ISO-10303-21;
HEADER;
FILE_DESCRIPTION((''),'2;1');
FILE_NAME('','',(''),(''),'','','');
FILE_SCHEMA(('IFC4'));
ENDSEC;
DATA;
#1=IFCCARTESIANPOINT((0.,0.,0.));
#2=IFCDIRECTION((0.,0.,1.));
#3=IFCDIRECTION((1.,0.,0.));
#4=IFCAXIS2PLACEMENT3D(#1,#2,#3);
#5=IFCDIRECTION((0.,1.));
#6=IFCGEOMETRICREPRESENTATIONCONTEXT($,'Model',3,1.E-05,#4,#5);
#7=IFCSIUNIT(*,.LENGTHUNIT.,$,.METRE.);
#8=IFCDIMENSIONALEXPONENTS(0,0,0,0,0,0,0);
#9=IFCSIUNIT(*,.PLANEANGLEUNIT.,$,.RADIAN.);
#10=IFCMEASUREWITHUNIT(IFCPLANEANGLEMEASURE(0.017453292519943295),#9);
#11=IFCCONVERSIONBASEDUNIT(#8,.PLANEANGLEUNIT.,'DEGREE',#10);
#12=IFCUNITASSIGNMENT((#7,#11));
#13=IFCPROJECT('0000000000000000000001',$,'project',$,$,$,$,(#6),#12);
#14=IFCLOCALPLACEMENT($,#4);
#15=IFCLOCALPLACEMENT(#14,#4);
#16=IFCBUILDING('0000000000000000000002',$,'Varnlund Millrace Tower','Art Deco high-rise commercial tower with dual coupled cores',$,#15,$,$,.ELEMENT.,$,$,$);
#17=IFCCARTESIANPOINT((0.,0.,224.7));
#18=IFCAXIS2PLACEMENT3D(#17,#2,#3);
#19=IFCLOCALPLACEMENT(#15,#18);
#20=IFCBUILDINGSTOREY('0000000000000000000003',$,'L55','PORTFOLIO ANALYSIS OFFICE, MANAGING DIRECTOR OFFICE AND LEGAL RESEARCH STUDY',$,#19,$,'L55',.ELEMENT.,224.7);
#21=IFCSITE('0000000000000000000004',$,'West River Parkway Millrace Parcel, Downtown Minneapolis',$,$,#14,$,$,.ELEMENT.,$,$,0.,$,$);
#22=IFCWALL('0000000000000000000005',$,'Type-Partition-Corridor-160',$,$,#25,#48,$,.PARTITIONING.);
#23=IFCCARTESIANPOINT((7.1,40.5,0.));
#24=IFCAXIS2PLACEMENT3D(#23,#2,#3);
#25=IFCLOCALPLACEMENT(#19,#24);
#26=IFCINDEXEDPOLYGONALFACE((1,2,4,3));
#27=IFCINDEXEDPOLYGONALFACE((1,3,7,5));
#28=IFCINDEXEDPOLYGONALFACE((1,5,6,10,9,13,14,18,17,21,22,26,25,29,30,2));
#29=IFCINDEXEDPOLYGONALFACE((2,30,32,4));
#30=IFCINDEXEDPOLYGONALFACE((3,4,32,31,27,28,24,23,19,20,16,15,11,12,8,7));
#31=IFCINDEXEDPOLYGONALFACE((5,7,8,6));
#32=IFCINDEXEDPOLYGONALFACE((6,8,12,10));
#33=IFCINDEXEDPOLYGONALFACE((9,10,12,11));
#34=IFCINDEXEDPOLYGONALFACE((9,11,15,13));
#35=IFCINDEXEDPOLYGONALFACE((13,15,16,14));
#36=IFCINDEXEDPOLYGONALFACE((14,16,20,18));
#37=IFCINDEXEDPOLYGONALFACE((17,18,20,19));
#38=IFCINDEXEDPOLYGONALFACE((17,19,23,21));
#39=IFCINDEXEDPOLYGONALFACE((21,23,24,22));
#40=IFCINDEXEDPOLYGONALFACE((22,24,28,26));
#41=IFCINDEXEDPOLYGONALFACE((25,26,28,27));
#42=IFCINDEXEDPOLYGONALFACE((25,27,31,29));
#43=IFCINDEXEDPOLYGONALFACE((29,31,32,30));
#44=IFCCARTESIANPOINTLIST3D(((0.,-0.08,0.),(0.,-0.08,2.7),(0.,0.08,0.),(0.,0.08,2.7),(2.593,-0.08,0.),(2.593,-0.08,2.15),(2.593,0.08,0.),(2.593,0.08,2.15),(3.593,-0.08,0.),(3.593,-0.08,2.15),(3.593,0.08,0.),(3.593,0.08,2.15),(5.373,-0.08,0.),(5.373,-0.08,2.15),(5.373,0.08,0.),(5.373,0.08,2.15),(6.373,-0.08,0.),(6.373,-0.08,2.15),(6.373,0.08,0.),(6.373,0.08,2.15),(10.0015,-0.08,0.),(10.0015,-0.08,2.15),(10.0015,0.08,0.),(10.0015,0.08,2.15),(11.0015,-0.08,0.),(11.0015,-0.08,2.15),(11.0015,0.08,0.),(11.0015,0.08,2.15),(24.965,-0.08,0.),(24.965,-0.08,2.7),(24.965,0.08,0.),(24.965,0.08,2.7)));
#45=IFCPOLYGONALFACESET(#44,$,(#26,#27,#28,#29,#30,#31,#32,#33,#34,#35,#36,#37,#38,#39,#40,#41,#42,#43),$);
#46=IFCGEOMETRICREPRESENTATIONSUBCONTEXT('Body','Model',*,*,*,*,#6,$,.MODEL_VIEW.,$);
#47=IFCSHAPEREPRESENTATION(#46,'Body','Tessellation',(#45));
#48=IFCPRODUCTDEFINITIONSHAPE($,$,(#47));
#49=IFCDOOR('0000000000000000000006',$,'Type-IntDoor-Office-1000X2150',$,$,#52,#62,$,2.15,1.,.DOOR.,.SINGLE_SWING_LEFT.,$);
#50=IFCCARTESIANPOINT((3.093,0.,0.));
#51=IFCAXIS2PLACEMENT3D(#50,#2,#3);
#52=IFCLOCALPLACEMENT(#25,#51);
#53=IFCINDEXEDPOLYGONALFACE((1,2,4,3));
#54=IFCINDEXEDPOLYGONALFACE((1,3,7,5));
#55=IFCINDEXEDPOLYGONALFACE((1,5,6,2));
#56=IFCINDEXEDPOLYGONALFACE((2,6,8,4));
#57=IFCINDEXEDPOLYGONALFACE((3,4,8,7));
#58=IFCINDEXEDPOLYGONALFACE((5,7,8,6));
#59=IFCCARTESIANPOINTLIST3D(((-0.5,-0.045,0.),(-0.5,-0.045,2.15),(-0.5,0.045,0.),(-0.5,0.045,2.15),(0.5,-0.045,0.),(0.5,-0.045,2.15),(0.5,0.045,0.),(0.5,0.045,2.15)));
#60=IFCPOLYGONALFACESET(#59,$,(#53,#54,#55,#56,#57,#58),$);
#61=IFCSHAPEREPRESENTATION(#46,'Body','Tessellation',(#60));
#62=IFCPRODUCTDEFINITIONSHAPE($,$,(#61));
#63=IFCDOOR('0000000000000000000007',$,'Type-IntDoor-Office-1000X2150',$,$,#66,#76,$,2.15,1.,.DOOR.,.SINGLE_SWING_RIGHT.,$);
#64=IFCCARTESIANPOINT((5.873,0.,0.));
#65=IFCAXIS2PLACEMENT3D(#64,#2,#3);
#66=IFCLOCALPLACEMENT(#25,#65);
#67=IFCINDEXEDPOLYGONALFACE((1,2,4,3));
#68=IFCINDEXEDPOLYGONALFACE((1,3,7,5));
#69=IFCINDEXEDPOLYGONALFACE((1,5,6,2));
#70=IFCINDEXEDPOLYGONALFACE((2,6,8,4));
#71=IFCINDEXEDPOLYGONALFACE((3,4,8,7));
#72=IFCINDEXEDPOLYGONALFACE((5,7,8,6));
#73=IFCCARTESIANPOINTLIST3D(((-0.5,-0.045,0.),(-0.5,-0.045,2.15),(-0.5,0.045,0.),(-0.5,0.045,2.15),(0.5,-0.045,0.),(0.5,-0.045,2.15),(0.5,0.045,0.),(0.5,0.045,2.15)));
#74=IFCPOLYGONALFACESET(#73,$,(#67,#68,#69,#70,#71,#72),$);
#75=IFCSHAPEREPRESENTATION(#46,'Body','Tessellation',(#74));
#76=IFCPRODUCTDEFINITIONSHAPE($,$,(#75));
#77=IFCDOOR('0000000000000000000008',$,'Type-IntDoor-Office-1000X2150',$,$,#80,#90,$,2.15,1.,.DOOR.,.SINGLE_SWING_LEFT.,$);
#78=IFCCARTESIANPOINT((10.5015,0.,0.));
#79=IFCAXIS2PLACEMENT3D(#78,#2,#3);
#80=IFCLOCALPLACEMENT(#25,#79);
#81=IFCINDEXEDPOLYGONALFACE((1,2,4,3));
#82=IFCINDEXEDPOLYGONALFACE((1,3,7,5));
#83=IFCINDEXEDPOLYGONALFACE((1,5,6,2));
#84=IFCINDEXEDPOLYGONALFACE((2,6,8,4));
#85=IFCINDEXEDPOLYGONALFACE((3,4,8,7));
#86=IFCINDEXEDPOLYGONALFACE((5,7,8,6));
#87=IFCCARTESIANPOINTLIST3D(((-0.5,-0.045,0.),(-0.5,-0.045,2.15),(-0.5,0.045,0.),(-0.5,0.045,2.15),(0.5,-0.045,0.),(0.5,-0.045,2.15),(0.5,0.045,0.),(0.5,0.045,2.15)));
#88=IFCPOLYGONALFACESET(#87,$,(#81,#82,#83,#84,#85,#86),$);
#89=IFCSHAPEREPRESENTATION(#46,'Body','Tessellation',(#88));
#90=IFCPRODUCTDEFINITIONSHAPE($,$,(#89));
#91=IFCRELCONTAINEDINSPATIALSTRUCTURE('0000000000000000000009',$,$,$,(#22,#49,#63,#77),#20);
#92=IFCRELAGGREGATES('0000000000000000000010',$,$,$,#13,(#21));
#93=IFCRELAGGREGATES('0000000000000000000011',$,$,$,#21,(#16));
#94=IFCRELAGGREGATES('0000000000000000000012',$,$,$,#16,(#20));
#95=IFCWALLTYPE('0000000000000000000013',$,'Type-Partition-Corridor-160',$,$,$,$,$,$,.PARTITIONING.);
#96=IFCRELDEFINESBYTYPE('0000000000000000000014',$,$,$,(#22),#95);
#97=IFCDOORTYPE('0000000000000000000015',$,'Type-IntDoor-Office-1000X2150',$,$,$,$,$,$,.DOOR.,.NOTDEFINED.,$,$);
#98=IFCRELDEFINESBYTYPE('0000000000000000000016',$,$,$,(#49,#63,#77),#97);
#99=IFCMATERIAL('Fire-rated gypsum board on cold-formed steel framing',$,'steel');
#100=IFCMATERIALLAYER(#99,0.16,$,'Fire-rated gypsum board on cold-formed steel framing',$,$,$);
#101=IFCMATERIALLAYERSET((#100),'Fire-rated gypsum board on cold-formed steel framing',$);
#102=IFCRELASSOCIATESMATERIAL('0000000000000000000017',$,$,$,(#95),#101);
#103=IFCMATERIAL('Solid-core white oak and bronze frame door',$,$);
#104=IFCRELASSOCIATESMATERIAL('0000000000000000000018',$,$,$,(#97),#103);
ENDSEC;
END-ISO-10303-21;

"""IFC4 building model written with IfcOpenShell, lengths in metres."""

from ifc_helpers import new_model, entity, si_unit, converted_unit, direction, frame, origin_with_axes, origin_2d_with_axis, place, context, subcontext, project, spatial, polyline, rectangle, outline, extrude, material, layer, layer_set, type_object, element, fill, save


model = new_model("IFC4")

# Units and contexts
model_context = context("Model", 3, precision=1e-05, world=origin_with_axes(), true_north=direction((0.0, 1.0)))
body_context = subcontext(model_context, "Body", "Model", "MODEL_VIEW")
ifc_project = project(units=[si_unit("LENGTHUNIT", "METRE"), converted_unit("PLANEANGLEUNIT", "DEGREE", entity("IfcPlaneAngleMeasure", 0.017453292519943295), si_unit("PLANEANGLEUNIT", "RADIAN"), dimensions=[0, 0, 0, 0, 0, 0, 0])], contexts=[model_context])

# Site, building, storey
site_placement = place(None, origin_with_axes())
site = spatial("IfcSite", under=ifc_project, at=site_placement, Name="West River Parkway Millrace Parcel, Downtown Minneapolis", CompositionType="ELEMENT", RefElevation=0.0)
building_placement = place(site_placement, origin_with_axes())
building = spatial("IfcBuilding", under=site, at=building_placement, Name="Varnlund Millrace Tower", Description="Art Deco high-rise commercial tower with dual coupled cores", CompositionType="ELEMENT")
storey_placement = place(building_placement, frame((0.0, 0.0, 224.7), z_axis=(0.0, 0.0, 1.0), x_axis=(1.0, 0.0, 0.0)))
storey = spatial("IfcBuildingStorey", under=building, at=storey_placement, Name="L55", Description="PORTFOLIO ANALYSIS OFFICE, MANAGING DIRECTOR OFFICE AND LEGAL RESEARCH STUDY", LongName="L55", CompositionType="ELEMENT", Elevation=224.7)

# Shared definitions
ifc_material_1 = material(Name="Fire-rated gypsum board on cold-formed steel framing", Category="steel")
ifc_layer_1 = layer(ifc_material_1, 0.16, Name="Fire-rated gypsum board on cold-formed steel framing")
ifc_layer_set_1 = layer_set([ifc_layer_1], Name="Fire-rated gypsum board on cold-formed steel framing")
wall_type_1 = type_object("IfcWallType", Name="Type-Partition-Corridor-160", PredefinedType="PARTITIONING", material=ifc_layer_set_1)

# Wall, openings, doors
wall_1_placement = place(storey_placement, frame((7.1, 40.5, 0.0), z_axis=(0.0, 0.0, 1.0), x_axis=(1.0, 0.0, 0.0)))
wall_1 = element("IfcWall", 1, at=wall_1_placement, inside=storey, type_object=wall_type_1, Name="Type-Partition-Corridor-160", PredefinedType="PARTITIONING", context=body_context, shape_type="SweptSolid", body=[
    extrude(outline(polyline([(0.0, -0.08), (24.965, -0.08), (24.965, 0.08), (0.0, 0.08), (0.0, -0.08)])), origin_with_axes(), (0.0, 0.0, 1.0), 2.7),
])
opening_1_placement = place(wall_1_placement, frame((3.093, 0.0, 0.0), z_axis=(0.0, 0.0, 1.0), x_axis=(1.0, 0.0, 0.0)))
opening_1 = element("IfcOpeningElement", 2, at=opening_1_placement, cuts=wall_1, PredefinedType="OPENING", context=body_context, shape_type="SweptSolid", body=[
    extrude(rectangle(XDim=1.0, YDim=0.18, at=origin_2d_with_axis()), origin_with_axes(), (0.0, 0.0, 1.0), 2.15),
])
opening_2_placement = place(wall_1_placement, frame((5.873, 0.0, 0.0), z_axis=(0.0, 0.0, 1.0), x_axis=(1.0, 0.0, 0.0)))
opening_2 = element("IfcOpeningElement", 3, at=opening_2_placement, cuts=wall_1, PredefinedType="OPENING", context=body_context, shape_type="SweptSolid", body=[
    extrude(rectangle(XDim=1.0, YDim=0.18, at=origin_2d_with_axis()), origin_with_axes(), (0.0, 0.0, 1.0), 2.15),
])
opening_3_placement = place(wall_1_placement, frame((10.5015, 0.0, 0.0), z_axis=(0.0, 0.0, 1.0), x_axis=(1.0, 0.0, 0.0)))
opening_3 = element("IfcOpeningElement", 4, at=opening_3_placement, cuts=wall_1, PredefinedType="OPENING", context=body_context, shape_type="SweptSolid", body=[
    extrude(rectangle(XDim=1.0, YDim=0.18, at=origin_2d_with_axis()), origin_with_axes(), (0.0, 0.0, 1.0), 2.15),
])
ifc_material_2 = material(Name="Solid-core white oak and bronze frame door")
door_type_1 = type_object("IfcDoorType", Name="Type-IntDoor-Office-1000X2150", OperationType="NOTDEFINED", PredefinedType="DOOR", material=ifc_material_2)
door_1_placement = place(wall_1_placement, frame((3.093, 0.0, 0.0), z_axis=(0.0, 0.0, 1.0), x_axis=(1.0, 0.0, 0.0)))
door_1 = element("IfcDoor", 5, at=door_1_placement, inside=storey, type_object=door_type_1, Name="Type-IntDoor-Office-1000X2150", OperationType="SINGLE_SWING_LEFT", OverallHeight=2.15, OverallWidth=1.0, PredefinedType="DOOR", context=body_context, shape_type="SweptSolid", body=[
    extrude(rectangle(XDim=1.0, YDim=0.09, at=origin_2d_with_axis()), origin_with_axes(), (0.0, 0.0, 1.0), 2.15),
])
fill(opening_1, door_1)
door_2_placement = place(wall_1_placement, frame((5.873, 0.0, 0.0), z_axis=(0.0, 0.0, 1.0), x_axis=(1.0, 0.0, 0.0)))
door_2 = element("IfcDoor", 6, at=door_2_placement, inside=storey, type_object=door_type_1, Name="Type-IntDoor-Office-1000X2150", OperationType="SINGLE_SWING_RIGHT", OverallHeight=2.15, OverallWidth=1.0, PredefinedType="DOOR", context=body_context, shape_type="SweptSolid", body=[
    extrude(rectangle(XDim=1.0, YDim=0.09, at=origin_2d_with_axis()), origin_with_axes(), (0.0, 0.0, 1.0), 2.15),
])
fill(opening_2, door_2)
door_3_placement = place(wall_1_placement, frame((10.5015, 0.0, 0.0), z_axis=(0.0, 0.0, 1.0), x_axis=(1.0, 0.0, 0.0)))
door_3 = element("IfcDoor", 7, at=door_3_placement, inside=storey, type_object=door_type_1, Name="Type-IntDoor-Office-1000X2150", OperationType="SINGLE_SWING_LEFT", OverallHeight=2.15, OverallWidth=1.0, PredefinedType="DOOR", context=body_context, shape_type="SweptSolid", body=[
    extrude(rectangle(XDim=1.0, YDim=0.09, at=origin_2d_with_axis()), origin_with_axes(), (0.0, 0.0, 1.0), 2.15),
])
fill(opening_3, door_3)

save(model, "model.ifc")
